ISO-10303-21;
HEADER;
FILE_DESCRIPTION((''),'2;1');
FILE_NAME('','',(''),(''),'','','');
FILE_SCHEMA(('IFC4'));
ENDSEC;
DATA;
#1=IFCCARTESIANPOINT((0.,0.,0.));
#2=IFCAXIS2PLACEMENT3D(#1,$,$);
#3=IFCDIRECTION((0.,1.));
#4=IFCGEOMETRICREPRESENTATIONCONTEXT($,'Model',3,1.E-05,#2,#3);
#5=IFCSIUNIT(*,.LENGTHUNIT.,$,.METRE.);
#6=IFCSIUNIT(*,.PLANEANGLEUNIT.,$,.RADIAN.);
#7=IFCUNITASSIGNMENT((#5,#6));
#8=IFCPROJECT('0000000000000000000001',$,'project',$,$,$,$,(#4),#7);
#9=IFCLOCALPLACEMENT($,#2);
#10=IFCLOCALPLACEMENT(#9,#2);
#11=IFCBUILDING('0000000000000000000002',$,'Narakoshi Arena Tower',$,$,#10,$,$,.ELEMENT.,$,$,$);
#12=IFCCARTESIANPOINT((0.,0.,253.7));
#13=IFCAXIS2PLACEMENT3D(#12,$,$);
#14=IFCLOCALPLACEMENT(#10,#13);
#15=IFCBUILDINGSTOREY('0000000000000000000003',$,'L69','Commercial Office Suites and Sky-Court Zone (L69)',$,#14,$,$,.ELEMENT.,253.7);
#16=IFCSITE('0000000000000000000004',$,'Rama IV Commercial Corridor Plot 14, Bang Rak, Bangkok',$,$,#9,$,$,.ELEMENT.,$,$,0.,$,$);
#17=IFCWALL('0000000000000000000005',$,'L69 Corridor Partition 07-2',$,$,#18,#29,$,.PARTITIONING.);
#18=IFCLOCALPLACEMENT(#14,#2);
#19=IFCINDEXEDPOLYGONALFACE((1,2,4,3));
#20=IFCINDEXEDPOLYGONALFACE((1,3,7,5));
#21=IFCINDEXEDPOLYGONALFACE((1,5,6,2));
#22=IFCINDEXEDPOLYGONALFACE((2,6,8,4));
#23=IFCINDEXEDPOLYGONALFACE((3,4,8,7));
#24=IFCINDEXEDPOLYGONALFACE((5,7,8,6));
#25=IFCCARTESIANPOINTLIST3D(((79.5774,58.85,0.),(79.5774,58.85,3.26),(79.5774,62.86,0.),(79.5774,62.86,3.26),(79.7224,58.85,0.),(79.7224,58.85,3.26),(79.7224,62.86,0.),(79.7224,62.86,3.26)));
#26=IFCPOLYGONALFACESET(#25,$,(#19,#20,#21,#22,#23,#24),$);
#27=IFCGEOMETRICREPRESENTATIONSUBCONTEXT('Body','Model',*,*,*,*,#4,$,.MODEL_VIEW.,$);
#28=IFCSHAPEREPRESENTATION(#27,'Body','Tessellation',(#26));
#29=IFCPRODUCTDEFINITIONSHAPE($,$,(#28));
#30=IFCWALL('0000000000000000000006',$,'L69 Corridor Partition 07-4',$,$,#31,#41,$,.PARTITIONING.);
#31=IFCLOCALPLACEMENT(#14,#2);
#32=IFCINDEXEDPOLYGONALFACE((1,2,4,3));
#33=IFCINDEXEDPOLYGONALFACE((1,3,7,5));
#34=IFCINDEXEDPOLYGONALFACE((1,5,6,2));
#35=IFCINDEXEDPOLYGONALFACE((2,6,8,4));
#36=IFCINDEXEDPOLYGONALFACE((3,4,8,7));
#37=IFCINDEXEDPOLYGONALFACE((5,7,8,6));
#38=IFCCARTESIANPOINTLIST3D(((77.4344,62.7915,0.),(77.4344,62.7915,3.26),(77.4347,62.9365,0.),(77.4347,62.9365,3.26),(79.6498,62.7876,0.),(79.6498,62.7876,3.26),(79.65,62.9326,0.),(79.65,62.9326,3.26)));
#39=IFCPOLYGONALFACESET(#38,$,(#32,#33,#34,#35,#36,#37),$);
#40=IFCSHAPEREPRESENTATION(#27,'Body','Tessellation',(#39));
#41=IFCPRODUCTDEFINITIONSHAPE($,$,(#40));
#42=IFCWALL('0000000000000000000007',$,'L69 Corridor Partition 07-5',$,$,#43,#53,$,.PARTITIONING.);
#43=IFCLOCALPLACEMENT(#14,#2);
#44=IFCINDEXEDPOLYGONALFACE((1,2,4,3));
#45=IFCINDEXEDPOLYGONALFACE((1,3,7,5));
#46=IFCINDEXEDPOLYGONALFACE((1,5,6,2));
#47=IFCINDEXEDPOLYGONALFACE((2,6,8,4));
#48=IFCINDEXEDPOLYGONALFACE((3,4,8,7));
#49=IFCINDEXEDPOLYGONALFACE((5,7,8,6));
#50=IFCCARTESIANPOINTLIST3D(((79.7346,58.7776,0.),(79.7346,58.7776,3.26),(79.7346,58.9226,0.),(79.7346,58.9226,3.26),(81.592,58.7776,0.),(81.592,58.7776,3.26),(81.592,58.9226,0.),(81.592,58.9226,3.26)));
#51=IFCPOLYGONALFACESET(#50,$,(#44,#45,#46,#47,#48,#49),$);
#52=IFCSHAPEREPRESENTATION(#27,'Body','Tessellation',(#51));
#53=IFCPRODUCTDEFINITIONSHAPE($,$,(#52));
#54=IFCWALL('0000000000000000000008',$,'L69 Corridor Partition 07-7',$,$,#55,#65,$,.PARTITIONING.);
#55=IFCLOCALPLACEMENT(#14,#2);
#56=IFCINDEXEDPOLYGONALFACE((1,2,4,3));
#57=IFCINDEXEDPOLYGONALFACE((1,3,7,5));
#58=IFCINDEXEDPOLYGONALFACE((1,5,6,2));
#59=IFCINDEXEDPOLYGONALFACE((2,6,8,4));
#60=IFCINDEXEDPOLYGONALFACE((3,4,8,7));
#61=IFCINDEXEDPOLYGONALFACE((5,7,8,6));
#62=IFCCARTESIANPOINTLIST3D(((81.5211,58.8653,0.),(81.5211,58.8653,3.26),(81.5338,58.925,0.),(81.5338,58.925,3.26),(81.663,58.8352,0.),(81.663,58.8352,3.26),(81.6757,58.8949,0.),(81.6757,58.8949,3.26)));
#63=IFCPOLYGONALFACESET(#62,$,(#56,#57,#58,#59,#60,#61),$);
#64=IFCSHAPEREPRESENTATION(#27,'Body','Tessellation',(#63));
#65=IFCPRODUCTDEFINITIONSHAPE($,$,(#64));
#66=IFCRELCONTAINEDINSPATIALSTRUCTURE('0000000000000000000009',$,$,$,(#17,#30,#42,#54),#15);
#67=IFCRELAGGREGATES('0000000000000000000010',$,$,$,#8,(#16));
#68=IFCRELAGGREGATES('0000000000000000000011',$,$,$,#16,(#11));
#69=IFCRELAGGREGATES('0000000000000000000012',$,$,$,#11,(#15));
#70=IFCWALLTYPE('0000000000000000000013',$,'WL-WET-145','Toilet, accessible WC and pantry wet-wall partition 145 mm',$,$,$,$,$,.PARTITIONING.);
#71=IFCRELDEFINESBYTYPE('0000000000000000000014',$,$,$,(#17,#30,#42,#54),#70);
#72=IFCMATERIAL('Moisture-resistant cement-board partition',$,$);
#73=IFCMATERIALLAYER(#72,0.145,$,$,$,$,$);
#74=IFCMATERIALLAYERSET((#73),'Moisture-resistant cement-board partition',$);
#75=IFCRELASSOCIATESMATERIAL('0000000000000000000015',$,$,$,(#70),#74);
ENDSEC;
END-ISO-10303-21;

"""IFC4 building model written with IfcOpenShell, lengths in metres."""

from ifc_helpers import new_model, si_unit, direction, frame, frame_2d, origin, place, context, subcontext, project, spatial, rectangle, extrude, material, layer, layer_set, type_object, element, save


model = new_model("IFC4")

# Units and contexts
model_context = context("Model", 3, precision=1e-05, world=origin(), true_north=direction((0.0, 1.0)))
body_context = subcontext(model_context, "Body", "Model", "MODEL_VIEW")
ifc_project = project(units=[si_unit("LENGTHUNIT", "METRE"), si_unit("PLANEANGLEUNIT", "RADIAN")], contexts=[model_context])

# Site, building, storey
site_placement = place(None, origin())
site = spatial("IfcSite", under=ifc_project, at=site_placement, Name="Rama IV Commercial Corridor Plot 14, Bang Rak, Bangkok", CompositionType="ELEMENT", RefElevation=0.0)
building_placement = place(site_placement, origin())
building = spatial("IfcBuilding", under=site, at=building_placement, Name="Narakoshi Arena Tower", CompositionType="ELEMENT")
storey_placement = place(building_placement, frame((0.0, 0.0, 253.7)))
storey = spatial("IfcBuildingStorey", under=building, at=storey_placement, Name="L69", Description="Commercial Office Suites and Sky-Court Zone (L69)", CompositionType="ELEMENT", Elevation=253.7)

# Walls
ifc_material_1 = material(Name="Moisture-resistant cement-board partition")
ifc_layer_1 = layer(ifc_material_1, 0.145)
ifc_layer_set_1 = layer_set([ifc_layer_1], Name="Moisture-resistant cement-board partition")
wall_type_1 = type_object("IfcWallType", Name="WL-WET-145", Description="Toilet, accessible WC and pantry wet-wall partition 145 mm", PredefinedType="PARTITIONING", material=ifc_layer_set_1)
wall_1_placement = place(storey_placement, frame((79.6499, 58.8501, 0.0), z_axis=(0.0, 0.0, 1.0), x_axis=(0.0, 1.0, 0.0)))
element("IfcWall", 1, at=wall_1_placement, inside=storey, type_object=wall_type_1, Name="L69 Corridor Partition 07-2", PredefinedType="PARTITIONING", context=body_context, shape_type="SweptSolid", body=[
    extrude(rectangle(XDim=4.01, YDim=0.145, at=frame_2d((2.0049, 0.0))), origin(), (0.0, 0.0, 1.0), 3.26),
])
wall_2_placement = place(storey_placement, frame((79.6499, 62.8601, 0.0), z_axis=(0.0, 0.0, 1.0), x_axis=(-0.999998, 0.001763, 0.0)))
element("IfcWall", 2, at=wall_2_placement, inside=storey, type_object=wall_type_1, Name="L69 Corridor Partition 07-4", PredefinedType="PARTITIONING", context=body_context, shape_type="SweptSolid", body=[
    extrude(rectangle(XDim=2.2153, YDim=0.145, at=frame_2d((1.1077, 0.0))), origin(), (0.0, 0.0, 1.0), 3.26),
])
wall_3_placement = place(storey_placement, frame((81.592, 58.8501, 0.0), z_axis=(0.0, 0.0, 1.0), x_axis=(-1.0, 0.0, 0.0)))
element("IfcWall", 3, at=wall_3_placement, inside=storey, type_object=wall_type_1, Name="L69 Corridor Partition 07-5", PredefinedType="PARTITIONING", context=body_context, shape_type="SweptSolid", body=[
    extrude(rectangle(XDim=1.8574, YDim=0.145, at=frame_2d((0.9287, 0.0))), origin(), (0.0, 0.0, 1.0), 3.26),
])
wall_4_placement = place(storey_placement, frame((81.6047, 58.9099, 0.0), z_axis=(0.0, 0.0, 1.0), x_axis=(-0.20762, -0.97821, 0.0)))
element("IfcWall", 4, at=wall_4_placement, inside=storey, type_object=wall_type_1, Name="L69 Corridor Partition 07-7", PredefinedType="PARTITIONING", context=body_context, shape_type="SweptSolid", body=[
    extrude(rectangle(XDim=0.061, YDim=0.145, at=frame_2d((0.0305, 0.0))), origin(), (0.0, 0.0, 1.0), 3.26),
])

save(model, "model.ifc")
